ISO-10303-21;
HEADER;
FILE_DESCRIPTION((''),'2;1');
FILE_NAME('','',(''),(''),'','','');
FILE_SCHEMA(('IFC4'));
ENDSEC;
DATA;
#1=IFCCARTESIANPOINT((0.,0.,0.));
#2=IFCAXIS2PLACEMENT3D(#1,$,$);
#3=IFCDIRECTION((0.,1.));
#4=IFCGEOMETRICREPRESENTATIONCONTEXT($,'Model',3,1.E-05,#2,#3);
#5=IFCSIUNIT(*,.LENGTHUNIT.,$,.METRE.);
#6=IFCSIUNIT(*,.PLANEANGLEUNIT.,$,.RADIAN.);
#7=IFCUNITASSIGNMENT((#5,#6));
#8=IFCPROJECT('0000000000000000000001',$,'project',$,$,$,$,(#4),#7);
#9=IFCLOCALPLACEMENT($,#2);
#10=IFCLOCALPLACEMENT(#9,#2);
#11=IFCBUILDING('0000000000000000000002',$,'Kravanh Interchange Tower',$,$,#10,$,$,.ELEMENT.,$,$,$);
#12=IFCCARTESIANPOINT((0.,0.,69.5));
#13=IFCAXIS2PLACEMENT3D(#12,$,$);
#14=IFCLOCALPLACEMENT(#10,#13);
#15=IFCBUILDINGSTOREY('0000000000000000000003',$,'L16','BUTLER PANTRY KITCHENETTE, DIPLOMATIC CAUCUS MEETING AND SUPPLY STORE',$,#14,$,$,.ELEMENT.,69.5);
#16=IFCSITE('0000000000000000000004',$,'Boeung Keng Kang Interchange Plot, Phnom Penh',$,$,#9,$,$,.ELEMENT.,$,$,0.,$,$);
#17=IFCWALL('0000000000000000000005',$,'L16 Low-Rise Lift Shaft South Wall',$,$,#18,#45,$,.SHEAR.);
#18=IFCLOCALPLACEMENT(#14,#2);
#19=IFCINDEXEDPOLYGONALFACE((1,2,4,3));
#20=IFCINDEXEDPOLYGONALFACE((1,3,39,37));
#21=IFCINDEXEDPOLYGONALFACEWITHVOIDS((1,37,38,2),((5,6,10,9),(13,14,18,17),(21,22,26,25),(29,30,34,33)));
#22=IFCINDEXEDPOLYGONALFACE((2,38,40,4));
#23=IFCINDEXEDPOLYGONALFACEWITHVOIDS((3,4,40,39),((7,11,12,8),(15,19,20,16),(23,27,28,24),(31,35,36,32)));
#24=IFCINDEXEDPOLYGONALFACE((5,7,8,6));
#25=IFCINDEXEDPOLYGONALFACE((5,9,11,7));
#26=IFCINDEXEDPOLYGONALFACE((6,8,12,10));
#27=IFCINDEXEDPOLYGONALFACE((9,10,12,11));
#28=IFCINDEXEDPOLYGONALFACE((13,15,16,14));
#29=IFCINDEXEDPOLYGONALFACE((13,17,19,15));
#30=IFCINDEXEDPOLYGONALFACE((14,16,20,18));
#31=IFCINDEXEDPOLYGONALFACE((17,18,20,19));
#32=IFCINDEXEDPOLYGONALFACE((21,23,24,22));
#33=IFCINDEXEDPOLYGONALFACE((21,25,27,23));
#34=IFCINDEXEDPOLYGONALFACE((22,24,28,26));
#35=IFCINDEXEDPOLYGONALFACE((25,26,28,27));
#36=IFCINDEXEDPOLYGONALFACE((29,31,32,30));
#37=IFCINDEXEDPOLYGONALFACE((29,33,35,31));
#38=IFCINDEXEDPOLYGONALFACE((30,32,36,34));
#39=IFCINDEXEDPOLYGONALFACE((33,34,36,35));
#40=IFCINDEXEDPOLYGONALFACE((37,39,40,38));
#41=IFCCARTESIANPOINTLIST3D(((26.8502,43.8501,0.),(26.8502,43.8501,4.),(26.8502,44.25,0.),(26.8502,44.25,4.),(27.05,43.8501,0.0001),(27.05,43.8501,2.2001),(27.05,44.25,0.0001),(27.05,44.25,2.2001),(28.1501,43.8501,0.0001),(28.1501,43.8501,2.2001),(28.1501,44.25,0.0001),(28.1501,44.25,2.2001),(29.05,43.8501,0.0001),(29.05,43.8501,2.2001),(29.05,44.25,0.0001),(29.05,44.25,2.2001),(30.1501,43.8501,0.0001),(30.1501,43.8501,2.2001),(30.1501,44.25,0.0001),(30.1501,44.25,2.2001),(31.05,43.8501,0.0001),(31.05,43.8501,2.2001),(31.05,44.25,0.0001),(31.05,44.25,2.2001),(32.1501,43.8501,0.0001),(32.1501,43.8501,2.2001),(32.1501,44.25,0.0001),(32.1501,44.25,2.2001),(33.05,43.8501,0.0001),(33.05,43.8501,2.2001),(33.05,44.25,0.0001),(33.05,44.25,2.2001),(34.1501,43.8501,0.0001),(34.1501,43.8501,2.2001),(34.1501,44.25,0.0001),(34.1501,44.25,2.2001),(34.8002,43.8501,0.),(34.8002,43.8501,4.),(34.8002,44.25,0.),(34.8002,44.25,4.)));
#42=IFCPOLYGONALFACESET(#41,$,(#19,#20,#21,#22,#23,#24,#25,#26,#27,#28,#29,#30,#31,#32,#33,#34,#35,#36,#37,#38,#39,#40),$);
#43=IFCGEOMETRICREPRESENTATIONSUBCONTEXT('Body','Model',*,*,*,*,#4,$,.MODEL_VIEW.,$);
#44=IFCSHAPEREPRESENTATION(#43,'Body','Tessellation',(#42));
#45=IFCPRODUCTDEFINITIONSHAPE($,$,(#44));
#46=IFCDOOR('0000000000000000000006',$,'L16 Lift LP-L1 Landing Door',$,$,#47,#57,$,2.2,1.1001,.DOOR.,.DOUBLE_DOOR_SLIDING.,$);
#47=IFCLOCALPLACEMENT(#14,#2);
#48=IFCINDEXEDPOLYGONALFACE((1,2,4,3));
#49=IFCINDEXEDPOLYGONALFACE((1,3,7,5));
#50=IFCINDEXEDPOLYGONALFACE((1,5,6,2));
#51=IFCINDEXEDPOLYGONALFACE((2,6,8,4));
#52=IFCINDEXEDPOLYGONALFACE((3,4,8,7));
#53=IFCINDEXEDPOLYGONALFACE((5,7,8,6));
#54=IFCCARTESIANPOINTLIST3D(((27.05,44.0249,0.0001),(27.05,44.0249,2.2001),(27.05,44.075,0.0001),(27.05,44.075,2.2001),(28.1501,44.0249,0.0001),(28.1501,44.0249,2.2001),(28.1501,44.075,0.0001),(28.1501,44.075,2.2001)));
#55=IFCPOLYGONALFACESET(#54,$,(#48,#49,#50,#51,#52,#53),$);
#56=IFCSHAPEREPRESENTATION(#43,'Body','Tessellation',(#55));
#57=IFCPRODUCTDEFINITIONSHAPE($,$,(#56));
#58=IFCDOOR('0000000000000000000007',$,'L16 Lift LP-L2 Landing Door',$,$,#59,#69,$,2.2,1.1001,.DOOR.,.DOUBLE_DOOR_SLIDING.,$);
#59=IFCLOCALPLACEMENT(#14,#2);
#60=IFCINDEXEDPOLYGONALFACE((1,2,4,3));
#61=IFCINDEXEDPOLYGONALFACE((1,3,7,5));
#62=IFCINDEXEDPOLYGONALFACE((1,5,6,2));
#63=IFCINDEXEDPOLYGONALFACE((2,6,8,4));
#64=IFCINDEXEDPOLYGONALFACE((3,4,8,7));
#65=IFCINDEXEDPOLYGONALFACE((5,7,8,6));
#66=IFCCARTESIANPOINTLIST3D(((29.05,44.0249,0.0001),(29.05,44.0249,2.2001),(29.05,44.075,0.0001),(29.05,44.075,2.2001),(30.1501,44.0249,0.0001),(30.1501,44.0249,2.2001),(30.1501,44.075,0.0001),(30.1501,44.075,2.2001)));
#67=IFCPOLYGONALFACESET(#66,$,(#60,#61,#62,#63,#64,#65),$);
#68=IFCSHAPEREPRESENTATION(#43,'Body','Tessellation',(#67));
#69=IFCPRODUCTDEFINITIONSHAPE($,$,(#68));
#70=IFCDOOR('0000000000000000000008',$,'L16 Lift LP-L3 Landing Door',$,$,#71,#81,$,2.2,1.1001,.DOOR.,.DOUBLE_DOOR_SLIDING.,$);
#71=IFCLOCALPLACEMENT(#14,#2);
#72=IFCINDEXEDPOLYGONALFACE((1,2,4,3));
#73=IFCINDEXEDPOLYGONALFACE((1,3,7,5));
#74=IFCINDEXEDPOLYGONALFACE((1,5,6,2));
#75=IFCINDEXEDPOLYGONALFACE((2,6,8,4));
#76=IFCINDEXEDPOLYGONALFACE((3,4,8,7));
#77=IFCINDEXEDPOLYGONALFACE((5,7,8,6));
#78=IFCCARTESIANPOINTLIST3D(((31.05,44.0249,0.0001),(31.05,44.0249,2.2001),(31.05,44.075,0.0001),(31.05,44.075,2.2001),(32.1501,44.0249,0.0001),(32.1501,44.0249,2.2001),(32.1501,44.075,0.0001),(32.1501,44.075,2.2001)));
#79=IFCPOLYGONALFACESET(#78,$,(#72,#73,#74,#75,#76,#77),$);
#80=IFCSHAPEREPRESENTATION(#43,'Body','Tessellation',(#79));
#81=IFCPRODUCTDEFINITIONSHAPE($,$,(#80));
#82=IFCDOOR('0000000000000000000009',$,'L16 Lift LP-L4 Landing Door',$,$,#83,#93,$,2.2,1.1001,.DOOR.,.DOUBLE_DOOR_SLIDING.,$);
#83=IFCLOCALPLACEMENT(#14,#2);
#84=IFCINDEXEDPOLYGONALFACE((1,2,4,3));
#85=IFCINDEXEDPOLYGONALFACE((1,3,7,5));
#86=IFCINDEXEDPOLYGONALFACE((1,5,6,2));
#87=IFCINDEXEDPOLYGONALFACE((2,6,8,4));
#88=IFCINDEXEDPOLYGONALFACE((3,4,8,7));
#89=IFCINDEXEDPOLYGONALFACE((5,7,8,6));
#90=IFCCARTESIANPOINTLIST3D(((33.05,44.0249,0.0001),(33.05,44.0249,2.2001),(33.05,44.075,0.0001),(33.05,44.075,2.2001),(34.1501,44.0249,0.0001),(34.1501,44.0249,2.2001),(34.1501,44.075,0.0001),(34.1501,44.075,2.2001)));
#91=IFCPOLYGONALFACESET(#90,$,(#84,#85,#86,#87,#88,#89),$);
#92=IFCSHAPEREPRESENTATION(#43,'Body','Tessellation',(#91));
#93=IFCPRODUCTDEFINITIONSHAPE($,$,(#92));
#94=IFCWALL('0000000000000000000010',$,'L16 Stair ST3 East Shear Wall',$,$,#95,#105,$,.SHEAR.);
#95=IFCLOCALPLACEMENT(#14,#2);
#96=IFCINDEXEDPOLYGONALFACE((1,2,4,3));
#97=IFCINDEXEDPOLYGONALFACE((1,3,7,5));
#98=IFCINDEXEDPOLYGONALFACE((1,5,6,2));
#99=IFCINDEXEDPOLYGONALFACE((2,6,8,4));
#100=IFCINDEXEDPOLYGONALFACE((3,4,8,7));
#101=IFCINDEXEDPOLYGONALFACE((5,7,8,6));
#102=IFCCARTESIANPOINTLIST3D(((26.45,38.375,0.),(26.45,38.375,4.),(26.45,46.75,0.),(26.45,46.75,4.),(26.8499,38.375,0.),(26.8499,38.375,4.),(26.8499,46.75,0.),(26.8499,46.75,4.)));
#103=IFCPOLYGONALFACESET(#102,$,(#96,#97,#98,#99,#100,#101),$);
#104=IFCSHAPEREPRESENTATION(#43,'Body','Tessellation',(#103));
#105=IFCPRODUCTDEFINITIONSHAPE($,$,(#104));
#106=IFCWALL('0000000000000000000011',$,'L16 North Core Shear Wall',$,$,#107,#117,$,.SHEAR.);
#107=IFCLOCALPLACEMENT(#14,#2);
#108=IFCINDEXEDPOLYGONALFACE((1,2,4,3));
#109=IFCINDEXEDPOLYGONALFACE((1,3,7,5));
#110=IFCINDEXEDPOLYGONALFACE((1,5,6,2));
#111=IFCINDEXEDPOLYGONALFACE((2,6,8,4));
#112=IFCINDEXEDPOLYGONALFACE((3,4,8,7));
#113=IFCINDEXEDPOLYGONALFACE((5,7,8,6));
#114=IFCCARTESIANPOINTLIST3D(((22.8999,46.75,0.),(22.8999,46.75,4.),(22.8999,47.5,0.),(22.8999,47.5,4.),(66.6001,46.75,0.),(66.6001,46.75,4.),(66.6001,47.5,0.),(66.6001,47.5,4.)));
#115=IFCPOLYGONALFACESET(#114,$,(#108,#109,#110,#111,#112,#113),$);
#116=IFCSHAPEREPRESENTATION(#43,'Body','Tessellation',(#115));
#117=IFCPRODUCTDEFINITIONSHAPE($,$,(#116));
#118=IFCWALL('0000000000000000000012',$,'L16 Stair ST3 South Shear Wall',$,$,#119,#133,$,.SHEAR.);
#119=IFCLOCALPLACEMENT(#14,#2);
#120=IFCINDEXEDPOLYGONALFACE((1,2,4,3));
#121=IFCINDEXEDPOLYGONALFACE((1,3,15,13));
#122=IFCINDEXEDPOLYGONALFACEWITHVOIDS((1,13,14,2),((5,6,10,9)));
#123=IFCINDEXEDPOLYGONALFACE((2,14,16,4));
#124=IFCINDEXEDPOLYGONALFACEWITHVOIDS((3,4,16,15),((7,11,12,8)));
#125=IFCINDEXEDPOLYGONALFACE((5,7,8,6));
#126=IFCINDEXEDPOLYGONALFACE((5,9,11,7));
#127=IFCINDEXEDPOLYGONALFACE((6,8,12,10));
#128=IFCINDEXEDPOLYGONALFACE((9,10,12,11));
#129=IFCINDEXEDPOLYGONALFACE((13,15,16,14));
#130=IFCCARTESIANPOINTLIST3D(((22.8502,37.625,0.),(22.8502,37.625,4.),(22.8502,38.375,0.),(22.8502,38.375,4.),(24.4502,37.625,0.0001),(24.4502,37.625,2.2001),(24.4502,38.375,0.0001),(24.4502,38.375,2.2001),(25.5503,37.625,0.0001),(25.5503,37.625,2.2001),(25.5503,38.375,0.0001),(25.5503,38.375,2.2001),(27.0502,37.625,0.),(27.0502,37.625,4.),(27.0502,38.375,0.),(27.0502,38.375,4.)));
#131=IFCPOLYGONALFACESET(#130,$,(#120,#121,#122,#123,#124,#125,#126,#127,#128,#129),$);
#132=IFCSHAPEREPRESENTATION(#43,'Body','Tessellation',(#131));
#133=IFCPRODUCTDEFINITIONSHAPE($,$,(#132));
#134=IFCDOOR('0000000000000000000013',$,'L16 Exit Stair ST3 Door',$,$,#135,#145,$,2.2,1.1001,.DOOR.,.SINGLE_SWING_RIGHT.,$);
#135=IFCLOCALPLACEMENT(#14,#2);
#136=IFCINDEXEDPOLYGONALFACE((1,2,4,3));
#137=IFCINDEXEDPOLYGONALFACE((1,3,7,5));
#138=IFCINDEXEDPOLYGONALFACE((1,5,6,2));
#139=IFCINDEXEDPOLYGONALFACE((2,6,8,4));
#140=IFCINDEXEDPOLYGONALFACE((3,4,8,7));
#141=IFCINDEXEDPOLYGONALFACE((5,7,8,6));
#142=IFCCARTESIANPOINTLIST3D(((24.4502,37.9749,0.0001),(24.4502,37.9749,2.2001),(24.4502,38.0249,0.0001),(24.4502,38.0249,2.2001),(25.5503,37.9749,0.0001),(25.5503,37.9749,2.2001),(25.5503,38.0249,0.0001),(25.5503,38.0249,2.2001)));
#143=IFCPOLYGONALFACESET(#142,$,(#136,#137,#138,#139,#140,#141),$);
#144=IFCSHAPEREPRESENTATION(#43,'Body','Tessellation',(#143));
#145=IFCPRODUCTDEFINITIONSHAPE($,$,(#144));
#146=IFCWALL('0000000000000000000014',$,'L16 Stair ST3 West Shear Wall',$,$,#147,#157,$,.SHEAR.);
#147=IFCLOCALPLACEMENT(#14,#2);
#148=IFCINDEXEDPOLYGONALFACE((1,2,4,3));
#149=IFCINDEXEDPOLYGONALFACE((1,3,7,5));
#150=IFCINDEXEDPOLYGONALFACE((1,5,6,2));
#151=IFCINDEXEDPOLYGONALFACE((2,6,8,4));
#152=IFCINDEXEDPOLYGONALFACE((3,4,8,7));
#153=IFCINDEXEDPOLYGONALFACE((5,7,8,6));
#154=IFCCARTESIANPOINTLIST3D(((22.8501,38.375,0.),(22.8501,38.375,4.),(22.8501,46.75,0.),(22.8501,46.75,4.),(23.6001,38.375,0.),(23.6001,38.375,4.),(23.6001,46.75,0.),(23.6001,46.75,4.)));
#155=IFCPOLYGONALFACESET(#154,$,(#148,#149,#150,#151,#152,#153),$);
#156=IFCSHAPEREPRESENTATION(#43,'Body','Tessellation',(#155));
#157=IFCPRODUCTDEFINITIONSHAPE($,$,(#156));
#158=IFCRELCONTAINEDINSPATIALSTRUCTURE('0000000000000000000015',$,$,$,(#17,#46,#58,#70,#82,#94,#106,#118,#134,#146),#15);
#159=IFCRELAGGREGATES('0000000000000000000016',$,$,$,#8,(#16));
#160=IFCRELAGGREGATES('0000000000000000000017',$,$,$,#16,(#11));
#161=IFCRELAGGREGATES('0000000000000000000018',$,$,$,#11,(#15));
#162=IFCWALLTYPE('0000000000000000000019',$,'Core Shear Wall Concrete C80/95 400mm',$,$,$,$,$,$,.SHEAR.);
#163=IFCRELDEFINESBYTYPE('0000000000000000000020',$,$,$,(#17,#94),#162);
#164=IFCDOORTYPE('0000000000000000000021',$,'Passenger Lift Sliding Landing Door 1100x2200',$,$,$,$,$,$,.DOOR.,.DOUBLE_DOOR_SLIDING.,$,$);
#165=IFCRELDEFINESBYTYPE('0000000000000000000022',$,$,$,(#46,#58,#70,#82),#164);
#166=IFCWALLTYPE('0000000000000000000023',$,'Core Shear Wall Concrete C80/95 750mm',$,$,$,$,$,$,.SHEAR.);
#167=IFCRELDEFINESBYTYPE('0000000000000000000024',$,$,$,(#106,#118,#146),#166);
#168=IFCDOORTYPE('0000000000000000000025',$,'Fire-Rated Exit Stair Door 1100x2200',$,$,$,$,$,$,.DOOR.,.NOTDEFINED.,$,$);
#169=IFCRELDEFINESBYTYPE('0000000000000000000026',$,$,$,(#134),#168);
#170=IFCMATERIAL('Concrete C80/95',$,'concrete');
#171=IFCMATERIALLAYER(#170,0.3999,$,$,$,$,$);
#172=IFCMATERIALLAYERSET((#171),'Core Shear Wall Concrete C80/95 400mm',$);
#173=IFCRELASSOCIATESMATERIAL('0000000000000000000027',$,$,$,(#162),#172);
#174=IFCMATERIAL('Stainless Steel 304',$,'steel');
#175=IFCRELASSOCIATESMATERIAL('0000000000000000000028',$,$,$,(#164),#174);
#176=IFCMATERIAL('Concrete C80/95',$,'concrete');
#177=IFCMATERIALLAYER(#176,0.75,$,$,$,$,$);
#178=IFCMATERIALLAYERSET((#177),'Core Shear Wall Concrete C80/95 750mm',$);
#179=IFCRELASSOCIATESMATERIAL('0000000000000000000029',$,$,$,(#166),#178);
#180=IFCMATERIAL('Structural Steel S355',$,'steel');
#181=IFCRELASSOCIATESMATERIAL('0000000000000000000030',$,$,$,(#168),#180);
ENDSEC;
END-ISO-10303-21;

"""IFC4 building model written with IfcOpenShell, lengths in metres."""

from ifc_helpers import new_model, si_unit, direction, frame, frame_2d, origin, place, context, subcontext, project, spatial, rectangle, extrude, material, layer, layer_set, type_object, element, fill, save


model = new_model("IFC4")

# Units and contexts
model_context = context("Model", 3, precision=1e-05, world=origin(), true_north=direction((0.0, 1.0)))
body_context = subcontext(model_context, "Body", "Model", "MODEL_VIEW")
ifc_project = project(units=[si_unit("LENGTHUNIT", "METRE"), si_unit("PLANEANGLEUNIT", "RADIAN")], contexts=[model_context])

# Site, building, storey
site_placement = place(None, origin())
site = spatial("IfcSite", under=ifc_project, at=site_placement, Name="Boeung Keng Kang Interchange Plot, Phnom Penh", CompositionType="ELEMENT", RefElevation=0.0)
building_placement = place(site_placement, origin())
building = spatial("IfcBuilding", under=site, at=building_placement, Name="Kravanh Interchange Tower", CompositionType="ELEMENT")
storey_placement = place(building_placement, frame((0.0, 0.0, 69.5)))
storey = spatial("IfcBuildingStorey", under=building, at=storey_placement, Name="L16", Description="BUTLER PANTRY KITCHENETTE, DIPLOMATIC CAUCUS MEETING AND SUPPLY STORE", CompositionType="ELEMENT", Elevation=69.5)

# Wall, openings, doors
ifc_material_1 = material(Name="Concrete C80/95", Category="concrete")
ifc_layer_1 = layer(ifc_material_1, 0.3999)
ifc_layer_set_1 = layer_set([ifc_layer_1], Name="Core Shear Wall Concrete C80/95 400mm")
wall_type_1 = type_object("IfcWallType", Name="Core Shear Wall Concrete C80/95 400mm", PredefinedType="SHEAR", material=ifc_layer_set_1)
wall_1_placement = place(storey_placement, frame((26.8501, 44.05, 0.0), z_axis=(0.0, 0.0, 1.0), x_axis=(1.0, 0.0, 0.0)))
wall_1 = element("IfcWall", 1, at=wall_1_placement, inside=storey, type_object=wall_type_1, Name="L16 Low-Rise Lift Shaft South Wall", PredefinedType="SHEAR", context=body_context, shape_type="SweptSolid", body=[
    extrude(rectangle(XDim=7.95, YDim=0.3999, at=frame_2d((3.9751, 0.0))), origin(), (0.0, 0.0, 1.0), 4.0),
])
opening_1_placement = place(wall_1_placement, frame((0.2, 0.0, 0.0)))
opening_1 = element("IfcOpeningElement", 2, at=opening_1_placement, cuts=wall_1, PredefinedType="OPENING", context=body_context, shape_type="SweptSolid", body=[
    extrude(rectangle(XDim=1.1001, YDim=2.2, at=frame_2d((0.55, 1.1001))), frame((0.0, 0.21, 0.0), z_axis=(0.0, -1.0, 0.0), x_axis=(1.0, 0.0, 0.0)), (0.0, 0.0, 1.0), 0.4199),
])
opening_2_placement = place(wall_1_placement, frame((2.2, 0.0, 0.0)))
opening_2 = element("IfcOpeningElement", 3, at=opening_2_placement, cuts=wall_1, PredefinedType="OPENING", context=body_context, shape_type="SweptSolid", body=[
    extrude(rectangle(XDim=1.1001, YDim=2.2, at=frame_2d((0.55, 1.1001))), frame((0.0, 0.21, 0.0), z_axis=(0.0, -1.0, 0.0), x_axis=(1.0, 0.0, 0.0)), (0.0, 0.0, 1.0), 0.4199),
])
opening_3_placement = place(wall_1_placement, frame((4.2, 0.0, 0.0)))
opening_3 = element("IfcOpeningElement", 4, at=opening_3_placement, cuts=wall_1, PredefinedType="OPENING", context=body_context, shape_type="SweptSolid", body=[
    extrude(rectangle(XDim=1.1001, YDim=2.2, at=frame_2d((0.55, 1.1001))), frame((0.0, 0.21, 0.0), z_axis=(0.0, -1.0, 0.0), x_axis=(1.0, 0.0, 0.0)), (0.0, 0.0, 1.0), 0.4199),
])
opening_4_placement = place(wall_1_placement, frame((6.2, 0.0, 0.0)))
opening_4 = element("IfcOpeningElement", 5, at=opening_4_placement, cuts=wall_1, PredefinedType="OPENING", context=body_context, shape_type="SweptSolid", body=[
    extrude(rectangle(XDim=1.1001, YDim=2.2, at=frame_2d((0.55, 1.1001))), frame((0.0, 0.21, 0.0), z_axis=(0.0, -1.0, 0.0), x_axis=(1.0, 0.0, 0.0)), (0.0, 0.0, 1.0), 0.4199),
])
ifc_material_2 = material(Name="Stainless Steel 304", Category="steel")
door_type_1 = type_object("IfcDoorType", Name="Passenger Lift Sliding Landing Door 1100x2200", OperationType="DOUBLE_DOOR_SLIDING", PredefinedType="DOOR", material=ifc_material_2)
door_1_placement = place(opening_1_placement, origin())
door_1 = element("IfcDoor", 6, at=door_1_placement, inside=storey, type_object=door_type_1, Name="L16 Lift LP-L1 Landing Door", OperationType="DOUBLE_DOOR_SLIDING", OverallHeight=2.2, OverallWidth=1.1001, PredefinedType="DOOR", context=body_context, shape_type="SweptSolid", body=[
    extrude(rectangle(XDim=1.1001, YDim=2.2, at=frame_2d((0.55, 1.1001))), frame((0.0, 0.0249, 0.0), z_axis=(0.0, -1.0, 0.0), x_axis=(1.0, 0.0, 0.0)), (0.0, 0.0, 1.0), 0.05),
])
fill(opening_1, door_1)
door_2_placement = place(opening_2_placement, origin())
door_2 = element("IfcDoor", 7, at=door_2_placement, inside=storey, type_object=door_type_1, Name="L16 Lift LP-L2 Landing Door", OperationType="DOUBLE_DOOR_SLIDING", OverallHeight=2.2, OverallWidth=1.1001, PredefinedType="DOOR", context=body_context, shape_type="SweptSolid", body=[
    extrude(rectangle(XDim=1.1001, YDim=2.2, at=frame_2d((0.55, 1.1001))), frame((0.0, 0.0249, 0.0), z_axis=(0.0, -1.0, 0.0), x_axis=(1.0, 0.0, 0.0)), (0.0, 0.0, 1.0), 0.05),
])
fill(opening_2, door_2)
door_3_placement = place(opening_3_placement, origin())
door_3 = element("IfcDoor", 8, at=door_3_placement, inside=storey, type_object=door_type_1, Name="L16 Lift LP-L3 Landing Door", OperationType="DOUBLE_DOOR_SLIDING", OverallHeight=2.2, OverallWidth=1.1001, PredefinedType="DOOR", context=body_context, shape_type="SweptSolid", body=[
    extrude(rectangle(XDim=1.1001, YDim=2.2, at=frame_2d((0.55, 1.1001))), frame((0.0, 0.0249, 0.0), z_axis=(0.0, -1.0, 0.0), x_axis=(1.0, 0.0, 0.0)), (0.0, 0.0, 1.0), 0.05),
])
fill(opening_3, door_3)
door_4_placement = place(opening_4_placement, origin())
door_4 = element("IfcDoor", 9, at=door_4_placement, inside=storey, type_object=door_type_1, Name="L16 Lift LP-L4 Landing Door", OperationType="DOUBLE_DOOR_SLIDING", OverallHeight=2.2, OverallWidth=1.1001, PredefinedType="DOOR", context=body_context, shape_type="SweptSolid", body=[
    extrude(rectangle(XDim=1.1001, YDim=2.2, at=frame_2d((0.55, 1.1001))), frame((0.0, 0.0249, 0.0), z_axis=(0.0, -1.0, 0.0), x_axis=(1.0, 0.0, 0.0)), (0.0, 0.0, 1.0), 0.05),
])
fill(opening_4, door_4)

# Walls
wall_2_placement = place(storey_placement, frame((26.6499, 38.375, 0.0), z_axis=(0.0, 0.0, 1.0), x_axis=(0.0, 1.0, 0.0)))
element("IfcWall", 10, at=wall_2_placement, inside=storey, type_object=wall_type_1, Name="L16 Stair ST3 East Shear Wall", PredefinedType="SHEAR", context=body_context, shape_type="SweptSolid", body=[
    extrude(rectangle(XDim=8.375, YDim=0.3999, at=frame_2d((4.1875, 0.0))), origin(), (0.0, 0.0, 1.0), 4.0),
])
ifc_material_3 = material(Name="Concrete C80/95", Category="concrete")
ifc_layer_2 = layer(ifc_material_3, 0.75)
ifc_layer_set_2 = layer_set([ifc_layer_2], Name="Core Shear Wall Concrete C80/95 750mm")
wall_type_2 = type_object("IfcWallType", Name="Core Shear Wall Concrete C80/95 750mm", PredefinedType="SHEAR", material=ifc_layer_set_2)
wall_3_placement = place(storey_placement, frame((22.8999, 47.125, 0.0), z_axis=(0.0, 0.0, 1.0), x_axis=(1.0, 0.0, 0.0)))
element("IfcWall", 11, at=wall_3_placement, inside=storey, type_object=wall_type_2, Name="L16 North Core Shear Wall", PredefinedType="SHEAR", context=body_context, shape_type="SweptSolid", body=[
    extrude(rectangle(XDim=43.7002, YDim=0.75, at=frame_2d((21.8501, 0.0))), origin(), (0.0, 0.0, 1.0), 4.0),
])

# Wall, opening, door
wall_4_placement = place(storey_placement, frame((22.8501, 38.0, 0.0), z_axis=(0.0, 0.0, 1.0), x_axis=(1.0, 0.0, 0.0)))
wall_4 = element("IfcWall", 12, at=wall_4_placement, inside=storey, type_object=wall_type_2, Name="L16 Stair ST3 South Shear Wall", PredefinedType="SHEAR", context=body_context, shape_type="SweptSolid", body=[
    extrude(rectangle(XDim=4.2, YDim=0.75, at=frame_2d((2.1001, 0.0))), origin(), (0.0, 0.0, 1.0), 4.0),
])
opening_5_placement = place(wall_4_placement, frame((1.6001, 0.0, 0.0)))
opening_5 = element("IfcOpeningElement", 13, at=opening_5_placement, cuts=wall_4, PredefinedType="OPENING", context=body_context, shape_type="SweptSolid", body=[
    extrude(rectangle(XDim=1.1001, YDim=2.2, at=frame_2d((0.55, 1.1001))), frame((0.0, 0.385, 0.0), z_axis=(0.0, -1.0, 0.0), x_axis=(1.0, 0.0, 0.0)), (0.0, 0.0, 1.0), 0.77),
])
ifc_material_4 = material(Name="Structural Steel S355", Category="steel")
door_type_2 = type_object("IfcDoorType", Name="Fire-Rated Exit Stair Door 1100x2200", OperationType="NOTDEFINED", PredefinedType="DOOR", material=ifc_material_4)
door_5_placement = place(opening_5_placement, origin())
door_5 = element("IfcDoor", 14, at=door_5_placement, inside=storey, type_object=door_type_2, Name="L16 Exit Stair ST3 Door", OperationType="SINGLE_SWING_RIGHT", OverallHeight=2.2, OverallWidth=1.1001, PredefinedType="DOOR", context=body_context, shape_type="SweptSolid", body=[
    extrude(rectangle(XDim=1.1001, YDim=2.2, at=frame_2d((0.55, 1.1001))), frame((0.0, 0.0249, 0.0), z_axis=(0.0, -1.0, 0.0), x_axis=(1.0, 0.0, 0.0)), (0.0, 0.0, 1.0), 0.05),
])
fill(opening_5, door_5)

# Wall
wall_5_placement = place(storey_placement, frame((23.2251, 38.375, 0.0), z_axis=(0.0, 0.0, 1.0), x_axis=(0.0, 1.0, 0.0)))
element("IfcWall", 15, at=wall_5_placement, inside=storey, type_object=wall_type_2, Name="L16 Stair ST3 West Shear Wall", PredefinedType="SHEAR", context=body_context, shape_type="SweptSolid", body=[
    extrude(rectangle(XDim=8.375, YDim=0.75, at=frame_2d((4.1875, 0.0))), origin(), (0.0, 0.0, 1.0), 4.0),
])

save(model, "model.ifc")
